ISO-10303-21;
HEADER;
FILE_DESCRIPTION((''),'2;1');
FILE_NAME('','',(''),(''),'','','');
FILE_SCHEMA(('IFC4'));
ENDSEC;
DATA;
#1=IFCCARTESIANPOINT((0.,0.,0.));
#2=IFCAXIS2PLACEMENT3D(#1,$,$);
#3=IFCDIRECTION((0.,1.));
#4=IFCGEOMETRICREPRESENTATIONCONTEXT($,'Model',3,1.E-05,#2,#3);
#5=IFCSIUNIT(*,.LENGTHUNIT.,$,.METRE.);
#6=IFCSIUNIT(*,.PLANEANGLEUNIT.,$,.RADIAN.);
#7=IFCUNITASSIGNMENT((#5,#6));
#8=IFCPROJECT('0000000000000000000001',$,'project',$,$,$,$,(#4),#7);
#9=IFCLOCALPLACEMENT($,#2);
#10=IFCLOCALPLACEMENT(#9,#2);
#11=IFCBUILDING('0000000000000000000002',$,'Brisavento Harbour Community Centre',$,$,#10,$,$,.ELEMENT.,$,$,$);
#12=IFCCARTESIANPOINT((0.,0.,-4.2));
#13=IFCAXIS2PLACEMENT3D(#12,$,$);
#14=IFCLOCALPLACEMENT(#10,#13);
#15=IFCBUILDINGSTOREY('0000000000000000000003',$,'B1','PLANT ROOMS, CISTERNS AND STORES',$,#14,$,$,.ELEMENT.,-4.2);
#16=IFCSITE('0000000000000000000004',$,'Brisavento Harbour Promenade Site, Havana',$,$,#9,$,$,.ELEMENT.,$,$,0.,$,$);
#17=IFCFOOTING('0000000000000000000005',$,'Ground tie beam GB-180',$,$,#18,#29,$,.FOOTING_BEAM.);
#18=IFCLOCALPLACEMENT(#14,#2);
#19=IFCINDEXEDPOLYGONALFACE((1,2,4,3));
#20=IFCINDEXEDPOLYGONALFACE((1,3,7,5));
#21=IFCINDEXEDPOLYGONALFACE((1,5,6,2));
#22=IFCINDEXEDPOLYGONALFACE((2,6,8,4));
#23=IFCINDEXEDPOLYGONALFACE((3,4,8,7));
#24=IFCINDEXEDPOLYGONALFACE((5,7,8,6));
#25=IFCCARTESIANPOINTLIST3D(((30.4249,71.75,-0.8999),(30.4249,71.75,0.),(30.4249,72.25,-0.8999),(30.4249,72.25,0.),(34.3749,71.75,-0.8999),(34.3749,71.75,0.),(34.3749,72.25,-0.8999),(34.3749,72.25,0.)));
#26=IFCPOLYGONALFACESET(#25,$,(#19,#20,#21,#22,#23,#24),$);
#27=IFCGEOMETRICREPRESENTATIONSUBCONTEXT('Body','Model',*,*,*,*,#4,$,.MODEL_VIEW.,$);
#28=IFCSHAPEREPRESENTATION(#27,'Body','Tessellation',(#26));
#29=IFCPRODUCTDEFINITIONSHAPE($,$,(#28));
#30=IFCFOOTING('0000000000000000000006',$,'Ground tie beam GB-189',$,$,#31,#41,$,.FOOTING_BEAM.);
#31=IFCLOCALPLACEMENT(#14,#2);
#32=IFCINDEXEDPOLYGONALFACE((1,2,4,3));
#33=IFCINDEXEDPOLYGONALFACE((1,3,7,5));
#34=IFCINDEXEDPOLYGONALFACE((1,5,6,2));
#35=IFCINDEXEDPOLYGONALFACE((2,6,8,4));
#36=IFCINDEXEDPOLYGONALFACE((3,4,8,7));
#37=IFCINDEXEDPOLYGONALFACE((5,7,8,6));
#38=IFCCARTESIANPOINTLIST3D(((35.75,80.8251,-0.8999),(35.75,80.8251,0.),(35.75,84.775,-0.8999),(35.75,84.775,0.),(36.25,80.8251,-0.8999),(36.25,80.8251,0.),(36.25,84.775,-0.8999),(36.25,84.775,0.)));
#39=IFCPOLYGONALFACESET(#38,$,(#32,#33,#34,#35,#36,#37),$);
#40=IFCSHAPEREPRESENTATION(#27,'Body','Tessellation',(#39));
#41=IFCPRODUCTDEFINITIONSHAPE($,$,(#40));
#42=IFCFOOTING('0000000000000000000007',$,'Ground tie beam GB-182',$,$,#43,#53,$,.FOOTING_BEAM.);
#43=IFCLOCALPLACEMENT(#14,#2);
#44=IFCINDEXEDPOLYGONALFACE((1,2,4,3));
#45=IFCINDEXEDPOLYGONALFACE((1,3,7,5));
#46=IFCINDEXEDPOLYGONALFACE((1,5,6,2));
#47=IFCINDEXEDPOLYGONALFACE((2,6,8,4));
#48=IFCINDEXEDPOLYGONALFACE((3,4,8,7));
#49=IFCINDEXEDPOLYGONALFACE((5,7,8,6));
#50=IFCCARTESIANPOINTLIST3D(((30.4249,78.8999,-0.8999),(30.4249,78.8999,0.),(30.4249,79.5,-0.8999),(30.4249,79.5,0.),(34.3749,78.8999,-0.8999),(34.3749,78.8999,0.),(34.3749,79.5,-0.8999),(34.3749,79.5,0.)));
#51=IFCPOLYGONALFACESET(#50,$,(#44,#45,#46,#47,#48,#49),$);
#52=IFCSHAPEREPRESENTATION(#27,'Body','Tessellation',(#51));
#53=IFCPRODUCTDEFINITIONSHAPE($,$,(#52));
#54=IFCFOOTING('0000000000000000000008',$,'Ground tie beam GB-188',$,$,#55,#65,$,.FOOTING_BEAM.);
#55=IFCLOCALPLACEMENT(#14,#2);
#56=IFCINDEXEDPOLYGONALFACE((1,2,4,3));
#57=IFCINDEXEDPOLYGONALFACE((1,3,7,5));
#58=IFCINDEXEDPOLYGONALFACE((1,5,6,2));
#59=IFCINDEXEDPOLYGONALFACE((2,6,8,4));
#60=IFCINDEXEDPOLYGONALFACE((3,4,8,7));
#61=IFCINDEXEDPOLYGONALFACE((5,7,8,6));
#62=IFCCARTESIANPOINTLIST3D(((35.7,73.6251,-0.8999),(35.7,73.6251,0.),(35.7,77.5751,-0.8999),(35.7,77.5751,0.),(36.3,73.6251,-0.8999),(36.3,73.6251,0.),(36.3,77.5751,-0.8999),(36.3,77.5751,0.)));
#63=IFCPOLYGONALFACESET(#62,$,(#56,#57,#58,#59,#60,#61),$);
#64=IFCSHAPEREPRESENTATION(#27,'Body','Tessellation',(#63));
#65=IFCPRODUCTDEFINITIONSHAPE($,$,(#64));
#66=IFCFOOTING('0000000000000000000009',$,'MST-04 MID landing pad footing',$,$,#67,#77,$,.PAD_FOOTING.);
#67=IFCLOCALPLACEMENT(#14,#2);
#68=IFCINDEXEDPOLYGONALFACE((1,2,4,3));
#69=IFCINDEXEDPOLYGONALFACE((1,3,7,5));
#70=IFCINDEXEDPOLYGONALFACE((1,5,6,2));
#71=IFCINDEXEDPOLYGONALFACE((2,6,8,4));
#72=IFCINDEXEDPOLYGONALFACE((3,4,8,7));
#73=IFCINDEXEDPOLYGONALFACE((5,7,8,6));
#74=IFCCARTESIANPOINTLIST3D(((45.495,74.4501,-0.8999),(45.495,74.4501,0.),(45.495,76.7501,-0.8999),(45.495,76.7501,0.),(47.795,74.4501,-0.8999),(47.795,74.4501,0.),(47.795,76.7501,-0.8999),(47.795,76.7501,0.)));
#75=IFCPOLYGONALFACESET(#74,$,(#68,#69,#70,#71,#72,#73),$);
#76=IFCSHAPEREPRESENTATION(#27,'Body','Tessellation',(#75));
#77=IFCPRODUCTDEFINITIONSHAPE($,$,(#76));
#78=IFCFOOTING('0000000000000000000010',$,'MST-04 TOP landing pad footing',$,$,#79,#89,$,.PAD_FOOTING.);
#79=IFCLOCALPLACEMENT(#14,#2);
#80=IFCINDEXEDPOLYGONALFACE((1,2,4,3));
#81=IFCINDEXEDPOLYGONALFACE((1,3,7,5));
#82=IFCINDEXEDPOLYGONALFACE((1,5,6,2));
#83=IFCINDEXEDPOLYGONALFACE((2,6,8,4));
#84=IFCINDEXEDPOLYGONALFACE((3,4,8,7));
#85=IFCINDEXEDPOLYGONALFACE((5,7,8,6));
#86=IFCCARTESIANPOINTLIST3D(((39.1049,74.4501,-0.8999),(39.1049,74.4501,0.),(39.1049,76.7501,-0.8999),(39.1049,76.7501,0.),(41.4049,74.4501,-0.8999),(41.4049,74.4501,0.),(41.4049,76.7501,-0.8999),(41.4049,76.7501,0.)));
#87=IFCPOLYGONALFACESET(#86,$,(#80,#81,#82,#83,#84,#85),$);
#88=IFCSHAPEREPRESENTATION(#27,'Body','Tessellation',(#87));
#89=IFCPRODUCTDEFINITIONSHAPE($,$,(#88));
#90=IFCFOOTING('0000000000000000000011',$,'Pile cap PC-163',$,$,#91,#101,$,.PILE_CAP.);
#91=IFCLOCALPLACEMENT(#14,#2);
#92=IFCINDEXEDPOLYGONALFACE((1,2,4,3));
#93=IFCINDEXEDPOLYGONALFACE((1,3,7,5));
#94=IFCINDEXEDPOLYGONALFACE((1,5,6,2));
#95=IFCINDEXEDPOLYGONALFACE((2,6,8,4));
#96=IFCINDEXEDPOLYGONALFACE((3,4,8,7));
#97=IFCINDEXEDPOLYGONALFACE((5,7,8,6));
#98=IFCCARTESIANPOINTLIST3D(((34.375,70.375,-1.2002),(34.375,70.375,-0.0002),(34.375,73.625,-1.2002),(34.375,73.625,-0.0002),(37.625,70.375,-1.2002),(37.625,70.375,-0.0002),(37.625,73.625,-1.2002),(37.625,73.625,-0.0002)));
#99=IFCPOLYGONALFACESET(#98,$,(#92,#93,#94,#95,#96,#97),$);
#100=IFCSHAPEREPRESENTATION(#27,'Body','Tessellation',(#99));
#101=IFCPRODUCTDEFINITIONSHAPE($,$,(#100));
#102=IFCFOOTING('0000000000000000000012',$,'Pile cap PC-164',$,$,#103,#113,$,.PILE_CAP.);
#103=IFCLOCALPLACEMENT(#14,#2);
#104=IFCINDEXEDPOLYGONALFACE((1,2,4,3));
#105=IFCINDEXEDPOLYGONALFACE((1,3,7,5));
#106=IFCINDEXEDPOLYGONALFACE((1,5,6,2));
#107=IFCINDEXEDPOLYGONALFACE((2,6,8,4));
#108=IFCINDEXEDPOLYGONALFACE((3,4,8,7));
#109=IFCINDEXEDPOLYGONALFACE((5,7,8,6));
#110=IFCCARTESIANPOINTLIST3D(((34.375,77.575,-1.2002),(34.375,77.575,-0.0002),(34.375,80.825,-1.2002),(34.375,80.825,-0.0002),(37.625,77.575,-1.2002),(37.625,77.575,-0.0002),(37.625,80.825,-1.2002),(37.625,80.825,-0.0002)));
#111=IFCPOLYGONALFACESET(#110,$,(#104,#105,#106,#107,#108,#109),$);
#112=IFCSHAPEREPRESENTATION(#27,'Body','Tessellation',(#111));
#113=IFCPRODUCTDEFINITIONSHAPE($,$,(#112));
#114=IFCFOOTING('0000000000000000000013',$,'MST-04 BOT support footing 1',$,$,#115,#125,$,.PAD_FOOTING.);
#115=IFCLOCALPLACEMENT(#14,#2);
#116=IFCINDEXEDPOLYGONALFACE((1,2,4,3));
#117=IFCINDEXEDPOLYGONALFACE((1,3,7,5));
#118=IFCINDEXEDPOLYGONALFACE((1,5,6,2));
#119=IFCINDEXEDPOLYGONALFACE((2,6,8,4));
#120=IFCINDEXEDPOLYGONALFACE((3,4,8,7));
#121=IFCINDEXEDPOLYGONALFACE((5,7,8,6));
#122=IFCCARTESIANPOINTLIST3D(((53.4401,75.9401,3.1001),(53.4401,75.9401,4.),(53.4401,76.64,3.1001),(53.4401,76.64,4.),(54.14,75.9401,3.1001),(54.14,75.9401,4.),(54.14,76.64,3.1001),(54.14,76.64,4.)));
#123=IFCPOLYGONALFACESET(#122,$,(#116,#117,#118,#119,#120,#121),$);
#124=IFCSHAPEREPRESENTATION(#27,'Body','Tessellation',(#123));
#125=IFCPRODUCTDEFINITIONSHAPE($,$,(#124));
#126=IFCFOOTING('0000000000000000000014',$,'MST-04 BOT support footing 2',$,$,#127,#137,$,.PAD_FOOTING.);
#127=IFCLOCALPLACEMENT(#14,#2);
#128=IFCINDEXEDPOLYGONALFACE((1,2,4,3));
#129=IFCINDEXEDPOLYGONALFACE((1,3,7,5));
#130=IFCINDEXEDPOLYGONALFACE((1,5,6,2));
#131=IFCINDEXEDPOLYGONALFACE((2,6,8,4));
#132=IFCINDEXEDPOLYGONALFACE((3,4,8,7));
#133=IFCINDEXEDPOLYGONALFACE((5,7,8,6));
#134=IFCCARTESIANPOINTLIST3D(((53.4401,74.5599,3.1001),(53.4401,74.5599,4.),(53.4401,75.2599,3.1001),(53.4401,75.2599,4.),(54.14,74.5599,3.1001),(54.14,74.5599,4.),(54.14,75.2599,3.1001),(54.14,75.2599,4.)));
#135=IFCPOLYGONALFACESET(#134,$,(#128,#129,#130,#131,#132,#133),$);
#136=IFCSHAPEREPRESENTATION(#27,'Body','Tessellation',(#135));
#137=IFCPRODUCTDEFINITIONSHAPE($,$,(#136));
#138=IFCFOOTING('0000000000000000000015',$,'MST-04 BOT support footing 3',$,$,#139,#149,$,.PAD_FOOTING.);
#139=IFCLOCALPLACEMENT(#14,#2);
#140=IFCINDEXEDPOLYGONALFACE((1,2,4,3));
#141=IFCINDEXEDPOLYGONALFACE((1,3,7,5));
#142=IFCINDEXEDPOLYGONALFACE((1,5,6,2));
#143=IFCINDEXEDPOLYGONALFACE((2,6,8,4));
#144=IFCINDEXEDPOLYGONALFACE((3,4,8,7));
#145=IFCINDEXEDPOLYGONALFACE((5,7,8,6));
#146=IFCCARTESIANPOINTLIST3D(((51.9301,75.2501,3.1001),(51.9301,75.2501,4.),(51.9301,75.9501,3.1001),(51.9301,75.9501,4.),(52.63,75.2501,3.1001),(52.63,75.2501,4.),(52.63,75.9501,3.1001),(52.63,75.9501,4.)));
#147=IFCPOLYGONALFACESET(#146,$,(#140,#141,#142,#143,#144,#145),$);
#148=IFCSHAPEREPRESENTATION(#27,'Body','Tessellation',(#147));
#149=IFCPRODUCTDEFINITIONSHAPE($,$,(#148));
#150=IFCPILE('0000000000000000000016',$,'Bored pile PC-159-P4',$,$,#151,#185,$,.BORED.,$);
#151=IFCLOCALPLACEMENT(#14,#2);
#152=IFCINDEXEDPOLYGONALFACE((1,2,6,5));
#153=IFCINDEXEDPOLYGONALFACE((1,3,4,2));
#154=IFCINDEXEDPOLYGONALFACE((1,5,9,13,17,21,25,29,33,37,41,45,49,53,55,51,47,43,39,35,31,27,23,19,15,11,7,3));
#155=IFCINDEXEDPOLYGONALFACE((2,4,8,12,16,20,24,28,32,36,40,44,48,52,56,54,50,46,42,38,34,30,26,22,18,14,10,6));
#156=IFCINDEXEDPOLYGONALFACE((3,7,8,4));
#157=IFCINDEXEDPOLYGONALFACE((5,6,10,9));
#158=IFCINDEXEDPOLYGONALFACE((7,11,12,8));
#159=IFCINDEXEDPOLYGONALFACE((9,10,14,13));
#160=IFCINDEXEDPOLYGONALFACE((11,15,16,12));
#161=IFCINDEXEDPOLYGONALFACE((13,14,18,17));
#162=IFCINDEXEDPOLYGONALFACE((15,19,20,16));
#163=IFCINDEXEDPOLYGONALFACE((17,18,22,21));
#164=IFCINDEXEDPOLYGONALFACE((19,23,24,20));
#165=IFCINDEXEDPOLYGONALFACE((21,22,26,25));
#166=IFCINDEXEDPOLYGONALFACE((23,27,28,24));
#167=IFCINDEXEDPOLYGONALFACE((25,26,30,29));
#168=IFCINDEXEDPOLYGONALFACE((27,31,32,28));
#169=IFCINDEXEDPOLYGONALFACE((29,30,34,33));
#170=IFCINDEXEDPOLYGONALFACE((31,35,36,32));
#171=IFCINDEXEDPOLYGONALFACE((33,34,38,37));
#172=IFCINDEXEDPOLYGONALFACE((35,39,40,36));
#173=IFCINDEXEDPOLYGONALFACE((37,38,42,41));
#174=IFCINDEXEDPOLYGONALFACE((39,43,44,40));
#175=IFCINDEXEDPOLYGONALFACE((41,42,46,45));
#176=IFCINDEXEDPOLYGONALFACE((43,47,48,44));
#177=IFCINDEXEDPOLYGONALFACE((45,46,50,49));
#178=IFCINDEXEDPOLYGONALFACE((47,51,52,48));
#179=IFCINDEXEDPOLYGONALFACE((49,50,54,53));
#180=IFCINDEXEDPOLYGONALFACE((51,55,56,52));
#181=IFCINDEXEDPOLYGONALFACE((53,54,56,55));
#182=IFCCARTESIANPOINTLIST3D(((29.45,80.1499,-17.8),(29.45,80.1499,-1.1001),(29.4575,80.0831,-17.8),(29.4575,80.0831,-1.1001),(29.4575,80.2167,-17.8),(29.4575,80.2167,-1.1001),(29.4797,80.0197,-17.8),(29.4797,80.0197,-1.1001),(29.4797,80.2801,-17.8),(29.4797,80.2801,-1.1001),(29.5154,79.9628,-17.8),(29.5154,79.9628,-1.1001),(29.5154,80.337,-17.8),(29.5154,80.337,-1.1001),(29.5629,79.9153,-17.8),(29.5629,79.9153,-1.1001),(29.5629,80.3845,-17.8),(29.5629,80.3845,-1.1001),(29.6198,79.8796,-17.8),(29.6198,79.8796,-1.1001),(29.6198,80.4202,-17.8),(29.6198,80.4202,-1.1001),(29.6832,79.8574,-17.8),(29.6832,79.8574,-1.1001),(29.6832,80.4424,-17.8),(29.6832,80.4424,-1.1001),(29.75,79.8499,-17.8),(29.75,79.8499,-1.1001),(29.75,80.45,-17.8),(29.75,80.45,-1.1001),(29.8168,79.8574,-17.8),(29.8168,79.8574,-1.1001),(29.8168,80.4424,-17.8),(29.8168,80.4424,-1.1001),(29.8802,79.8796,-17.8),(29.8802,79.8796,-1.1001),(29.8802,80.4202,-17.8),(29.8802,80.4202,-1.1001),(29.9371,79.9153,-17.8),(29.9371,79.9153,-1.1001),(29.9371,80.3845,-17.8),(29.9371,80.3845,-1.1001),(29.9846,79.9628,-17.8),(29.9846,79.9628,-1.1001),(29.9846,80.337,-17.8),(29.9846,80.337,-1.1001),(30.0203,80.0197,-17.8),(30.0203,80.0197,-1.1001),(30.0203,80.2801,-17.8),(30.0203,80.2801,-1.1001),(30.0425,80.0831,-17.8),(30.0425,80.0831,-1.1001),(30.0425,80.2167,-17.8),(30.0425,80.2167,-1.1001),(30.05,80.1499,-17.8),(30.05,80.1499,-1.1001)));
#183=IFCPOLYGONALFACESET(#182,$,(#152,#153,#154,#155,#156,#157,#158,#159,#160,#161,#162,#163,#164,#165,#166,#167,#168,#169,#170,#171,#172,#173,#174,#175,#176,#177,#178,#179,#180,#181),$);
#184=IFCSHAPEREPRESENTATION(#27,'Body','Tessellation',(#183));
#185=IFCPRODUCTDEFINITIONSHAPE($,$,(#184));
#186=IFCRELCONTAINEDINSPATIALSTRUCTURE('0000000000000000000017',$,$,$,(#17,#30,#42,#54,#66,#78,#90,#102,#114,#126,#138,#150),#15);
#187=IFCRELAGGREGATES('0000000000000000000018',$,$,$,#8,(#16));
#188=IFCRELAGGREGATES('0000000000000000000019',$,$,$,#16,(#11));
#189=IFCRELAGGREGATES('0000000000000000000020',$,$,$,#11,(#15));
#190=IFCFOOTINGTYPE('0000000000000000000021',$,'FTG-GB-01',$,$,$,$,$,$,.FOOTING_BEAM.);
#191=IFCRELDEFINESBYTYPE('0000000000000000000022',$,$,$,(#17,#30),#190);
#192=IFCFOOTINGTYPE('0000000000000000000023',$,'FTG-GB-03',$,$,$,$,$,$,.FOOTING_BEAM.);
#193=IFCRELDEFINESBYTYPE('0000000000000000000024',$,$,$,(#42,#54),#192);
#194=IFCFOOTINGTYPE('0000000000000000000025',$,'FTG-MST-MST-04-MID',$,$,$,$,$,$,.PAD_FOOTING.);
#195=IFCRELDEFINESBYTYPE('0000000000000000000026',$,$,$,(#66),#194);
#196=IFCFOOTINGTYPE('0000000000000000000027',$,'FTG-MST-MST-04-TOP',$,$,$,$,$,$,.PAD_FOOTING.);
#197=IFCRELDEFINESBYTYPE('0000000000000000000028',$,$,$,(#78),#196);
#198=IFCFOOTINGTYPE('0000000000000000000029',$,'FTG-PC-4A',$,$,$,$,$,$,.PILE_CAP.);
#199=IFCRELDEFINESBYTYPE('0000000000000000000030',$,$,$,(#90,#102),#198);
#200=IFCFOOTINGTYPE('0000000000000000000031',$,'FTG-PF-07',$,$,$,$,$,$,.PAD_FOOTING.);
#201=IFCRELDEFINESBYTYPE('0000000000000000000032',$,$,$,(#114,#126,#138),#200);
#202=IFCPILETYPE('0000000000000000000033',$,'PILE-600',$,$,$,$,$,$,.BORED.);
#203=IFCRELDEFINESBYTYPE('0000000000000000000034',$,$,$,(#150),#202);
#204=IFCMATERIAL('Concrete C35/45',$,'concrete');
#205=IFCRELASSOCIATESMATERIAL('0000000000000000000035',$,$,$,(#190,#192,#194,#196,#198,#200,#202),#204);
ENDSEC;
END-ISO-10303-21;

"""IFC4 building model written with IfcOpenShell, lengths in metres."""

from ifc_helpers import new_model, si_unit, direction, frame, origin, origin_2d, place, context, subcontext, project, spatial, rectangle, circle, extrude, material, material_profile, profile_set, type_object, element, save


model = new_model("IFC4")

# Units and contexts
model_context = context("Model", 3, precision=1e-05, world=origin(), true_north=direction((0.0, 1.0)))
body_context = subcontext(model_context, "Body", "Model", "MODEL_VIEW")
ifc_project = project(units=[si_unit("LENGTHUNIT", "METRE"), si_unit("PLANEANGLEUNIT", "RADIAN")], contexts=[model_context])

# Site, building, storey
site_placement = place(None, origin())
site = spatial("IfcSite", under=ifc_project, at=site_placement, Name="Brisavento Harbour Promenade Site, Havana", CompositionType="ELEMENT", RefElevation=0.0)
building_placement = place(site_placement, origin())
building = spatial("IfcBuilding", under=site, at=building_placement, Name="Brisavento Harbour Community Centre", CompositionType="ELEMENT")
storey_placement = place(building_placement, frame((0.0, 0.0, -4.2)))
storey = spatial("IfcBuildingStorey", under=building, at=storey_placement, Name="B1", Description="PLANT ROOMS, CISTERNS AND STORES", CompositionType="ELEMENT", Elevation=-4.2)

# Footings
ifc_material = material(Name="Concrete C35/45", Category="concrete")
footing_type_1 = type_object("IfcFootingType", Name="FTG-GB-01", PredefinedType="FOOTING_BEAM", material=ifc_material)
footing_1_placement = place(storey_placement, frame((32.3999, 72.0, -0.8999), z_axis=(0.0, 0.0, 1.0), x_axis=(1.0, 0.0, 0.0)))
element("IfcFooting", 1, at=footing_1_placement, inside=storey, type_object=footing_type_1, Name="Ground tie beam GB-180", PredefinedType="FOOTING_BEAM", context=body_context, shape_type="SweptSolid", body=[
    extrude(rectangle(XDim=3.95, YDim=0.5, at=origin_2d()), origin(), (0.0, 0.0, 1.0), 0.8999),
])
footing_2_placement = place(storey_placement, frame((36.0, 82.8, -0.8999), z_axis=(0.0, 0.0, 1.0), x_axis=(1.0, 0.0, 0.0)))
element("IfcFooting", 2, at=footing_2_placement, inside=storey, type_object=footing_type_1, Name="Ground tie beam GB-189", PredefinedType="FOOTING_BEAM", context=body_context, shape_type="SweptSolid", body=[
    extrude(rectangle(XDim=0.5, YDim=3.95, at=origin_2d()), origin(), (0.0, 0.0, 1.0), 0.8999),
])
footing_type_2 = type_object("IfcFootingType", Name="FTG-GB-03", PredefinedType="FOOTING_BEAM", material=ifc_material)
footing_3_placement = place(storey_placement, frame((32.3999, 79.2, -0.8999), z_axis=(0.0, 0.0, 1.0), x_axis=(1.0, 0.0, 0.0)))
element("IfcFooting", 3, at=footing_3_placement, inside=storey, type_object=footing_type_2, Name="Ground tie beam GB-182", PredefinedType="FOOTING_BEAM", context=body_context, shape_type="SweptSolid", body=[
    extrude(rectangle(XDim=3.95, YDim=0.6001, at=origin_2d()), origin(), (0.0, 0.0, 1.0), 0.8999),
])
footing_4_placement = place(storey_placement, frame((36.0, 75.6001, -0.8999), z_axis=(0.0, 0.0, 1.0), x_axis=(1.0, 0.0, 0.0)))
element("IfcFooting", 4, at=footing_4_placement, inside=storey, type_object=footing_type_2, Name="Ground tie beam GB-188", PredefinedType="FOOTING_BEAM", context=body_context, shape_type="SweptSolid", body=[
    extrude(rectangle(XDim=0.6001, YDim=3.95, at=origin_2d()), origin(), (0.0, 0.0, 1.0), 0.8999),
])
footing_type_3 = type_object("IfcFootingType", Name="FTG-MST-MST-04-MID", PredefinedType="PAD_FOOTING", material=ifc_material)
footing_5_placement = place(storey_placement, frame((46.645, 75.6001, -0.8999), z_axis=(0.0, 0.0, 1.0), x_axis=(1.0, 0.0, 0.0)))
element("IfcFooting", 5, at=footing_5_placement, inside=storey, type_object=footing_type_3, Name="MST-04 MID landing pad footing", PredefinedType="PAD_FOOTING", context=body_context, shape_type="SweptSolid", body=[
    extrude(rectangle(XDim=2.3, YDim=2.3, at=origin_2d()), origin(), (0.0, 0.0, 1.0), 0.8999),
])
footing_type_4 = type_object("IfcFootingType", Name="FTG-MST-MST-04-TOP", PredefinedType="PAD_FOOTING", material=ifc_material)
footing_6_placement = place(storey_placement, frame((40.2549, 75.6001, -0.8999), z_axis=(0.0, 0.0, 1.0), x_axis=(1.0, 0.0, 0.0)))
element("IfcFooting", 6, at=footing_6_placement, inside=storey, type_object=footing_type_4, Name="MST-04 TOP landing pad footing", PredefinedType="PAD_FOOTING", context=body_context, shape_type="SweptSolid", body=[
    extrude(rectangle(XDim=2.3, YDim=2.3, at=origin_2d()), origin(), (0.0, 0.0, 1.0), 0.8999),
])
footing_type_5 = type_object("IfcFootingType", Name="FTG-PC-4A", PredefinedType="PILE_CAP", material=ifc_material)
for number, where, z_axis, x_axis, name in (
    (7, (36.0, 72.0, -1.2002), (0.0, 0.0, 1.0), (1.0, 0.0, 0.0), "Pile cap PC-163"),
    (8, (36.0, 79.2, -1.2002), (0.0, 0.0, 1.0), (1.0, 0.0, 0.0), "Pile cap PC-164"),
):
    element("IfcFooting", number, at=place(storey_placement, frame(where, z_axis=z_axis, x_axis=x_axis)), inside=storey, type_object=footing_type_5, Name=name, PredefinedType="PILE_CAP", context=body_context, shape_type="SweptSolid", body=[
        extrude(rectangle(XDim=3.25, YDim=3.25, at=origin_2d()), origin(), (0.0, 0.0, 1.0), 1.2),
    ])
footing_type_6 = type_object("IfcFootingType", Name="FTG-PF-07", PredefinedType="PAD_FOOTING", material=ifc_material)
for number, where, z_axis, x_axis, name in (
    (9, (53.79, 76.29, 3.1001), (0.0, 0.0, 1.0), (1.0, 0.0, 0.0), "MST-04 BOT support footing 1"),
    (10, (53.79, 74.9099, 3.1001), (0.0, 0.0, 1.0), (1.0, 0.0, 0.0), "MST-04 BOT support footing 2"),
    (11, (52.28, 75.6001, 3.1001), (0.0, 0.0, 1.0), (1.0, 0.0, 0.0), "MST-04 BOT support footing 3"),
):
    element("IfcFooting", number, at=place(storey_placement, frame(where, z_axis=z_axis, x_axis=x_axis)), inside=storey, type_object=footing_type_6, Name=name, PredefinedType="PAD_FOOTING", context=body_context, shape_type="SweptSolid", body=[
        extrude(rectangle(XDim=0.7, YDim=0.7, at=origin_2d()), origin(), (0.0, 0.0, 1.0), 0.8999),
    ])

# Pile
ifc_material_profile_1 = material_profile(ifc_material, circle(Radius=0.3, at=origin_2d()), Name="Concrete C35/45")
ifc_profile_set_1 = profile_set([ifc_material_profile_1], Name="Concrete C35/45")
pile_type = type_object("IfcPileType", Name="PILE-600", PredefinedType="BORED", material=ifc_profile_set_1)
for number, where, z_axis, x_axis, name in (
    (12, (29.75, 80.1499, -1.1001), (0.0, 0.0, -1.0), (1.0, 0.0, 0.0), "Bored pile PC-159-P4"),
):
    element("IfcPile", number, at=place(storey_placement, frame(where, z_axis=z_axis, x_axis=x_axis)), inside=storey, type_object=pile_type, Name=name, PredefinedType="BORED", context=body_context, shape_type="SweptSolid", body=[
        extrude(circle(Radius=0.3, at=origin_2d()), origin(), (0.0, 0.0, 1.0), 16.7),
    ])

save(model, "model.ifc")
